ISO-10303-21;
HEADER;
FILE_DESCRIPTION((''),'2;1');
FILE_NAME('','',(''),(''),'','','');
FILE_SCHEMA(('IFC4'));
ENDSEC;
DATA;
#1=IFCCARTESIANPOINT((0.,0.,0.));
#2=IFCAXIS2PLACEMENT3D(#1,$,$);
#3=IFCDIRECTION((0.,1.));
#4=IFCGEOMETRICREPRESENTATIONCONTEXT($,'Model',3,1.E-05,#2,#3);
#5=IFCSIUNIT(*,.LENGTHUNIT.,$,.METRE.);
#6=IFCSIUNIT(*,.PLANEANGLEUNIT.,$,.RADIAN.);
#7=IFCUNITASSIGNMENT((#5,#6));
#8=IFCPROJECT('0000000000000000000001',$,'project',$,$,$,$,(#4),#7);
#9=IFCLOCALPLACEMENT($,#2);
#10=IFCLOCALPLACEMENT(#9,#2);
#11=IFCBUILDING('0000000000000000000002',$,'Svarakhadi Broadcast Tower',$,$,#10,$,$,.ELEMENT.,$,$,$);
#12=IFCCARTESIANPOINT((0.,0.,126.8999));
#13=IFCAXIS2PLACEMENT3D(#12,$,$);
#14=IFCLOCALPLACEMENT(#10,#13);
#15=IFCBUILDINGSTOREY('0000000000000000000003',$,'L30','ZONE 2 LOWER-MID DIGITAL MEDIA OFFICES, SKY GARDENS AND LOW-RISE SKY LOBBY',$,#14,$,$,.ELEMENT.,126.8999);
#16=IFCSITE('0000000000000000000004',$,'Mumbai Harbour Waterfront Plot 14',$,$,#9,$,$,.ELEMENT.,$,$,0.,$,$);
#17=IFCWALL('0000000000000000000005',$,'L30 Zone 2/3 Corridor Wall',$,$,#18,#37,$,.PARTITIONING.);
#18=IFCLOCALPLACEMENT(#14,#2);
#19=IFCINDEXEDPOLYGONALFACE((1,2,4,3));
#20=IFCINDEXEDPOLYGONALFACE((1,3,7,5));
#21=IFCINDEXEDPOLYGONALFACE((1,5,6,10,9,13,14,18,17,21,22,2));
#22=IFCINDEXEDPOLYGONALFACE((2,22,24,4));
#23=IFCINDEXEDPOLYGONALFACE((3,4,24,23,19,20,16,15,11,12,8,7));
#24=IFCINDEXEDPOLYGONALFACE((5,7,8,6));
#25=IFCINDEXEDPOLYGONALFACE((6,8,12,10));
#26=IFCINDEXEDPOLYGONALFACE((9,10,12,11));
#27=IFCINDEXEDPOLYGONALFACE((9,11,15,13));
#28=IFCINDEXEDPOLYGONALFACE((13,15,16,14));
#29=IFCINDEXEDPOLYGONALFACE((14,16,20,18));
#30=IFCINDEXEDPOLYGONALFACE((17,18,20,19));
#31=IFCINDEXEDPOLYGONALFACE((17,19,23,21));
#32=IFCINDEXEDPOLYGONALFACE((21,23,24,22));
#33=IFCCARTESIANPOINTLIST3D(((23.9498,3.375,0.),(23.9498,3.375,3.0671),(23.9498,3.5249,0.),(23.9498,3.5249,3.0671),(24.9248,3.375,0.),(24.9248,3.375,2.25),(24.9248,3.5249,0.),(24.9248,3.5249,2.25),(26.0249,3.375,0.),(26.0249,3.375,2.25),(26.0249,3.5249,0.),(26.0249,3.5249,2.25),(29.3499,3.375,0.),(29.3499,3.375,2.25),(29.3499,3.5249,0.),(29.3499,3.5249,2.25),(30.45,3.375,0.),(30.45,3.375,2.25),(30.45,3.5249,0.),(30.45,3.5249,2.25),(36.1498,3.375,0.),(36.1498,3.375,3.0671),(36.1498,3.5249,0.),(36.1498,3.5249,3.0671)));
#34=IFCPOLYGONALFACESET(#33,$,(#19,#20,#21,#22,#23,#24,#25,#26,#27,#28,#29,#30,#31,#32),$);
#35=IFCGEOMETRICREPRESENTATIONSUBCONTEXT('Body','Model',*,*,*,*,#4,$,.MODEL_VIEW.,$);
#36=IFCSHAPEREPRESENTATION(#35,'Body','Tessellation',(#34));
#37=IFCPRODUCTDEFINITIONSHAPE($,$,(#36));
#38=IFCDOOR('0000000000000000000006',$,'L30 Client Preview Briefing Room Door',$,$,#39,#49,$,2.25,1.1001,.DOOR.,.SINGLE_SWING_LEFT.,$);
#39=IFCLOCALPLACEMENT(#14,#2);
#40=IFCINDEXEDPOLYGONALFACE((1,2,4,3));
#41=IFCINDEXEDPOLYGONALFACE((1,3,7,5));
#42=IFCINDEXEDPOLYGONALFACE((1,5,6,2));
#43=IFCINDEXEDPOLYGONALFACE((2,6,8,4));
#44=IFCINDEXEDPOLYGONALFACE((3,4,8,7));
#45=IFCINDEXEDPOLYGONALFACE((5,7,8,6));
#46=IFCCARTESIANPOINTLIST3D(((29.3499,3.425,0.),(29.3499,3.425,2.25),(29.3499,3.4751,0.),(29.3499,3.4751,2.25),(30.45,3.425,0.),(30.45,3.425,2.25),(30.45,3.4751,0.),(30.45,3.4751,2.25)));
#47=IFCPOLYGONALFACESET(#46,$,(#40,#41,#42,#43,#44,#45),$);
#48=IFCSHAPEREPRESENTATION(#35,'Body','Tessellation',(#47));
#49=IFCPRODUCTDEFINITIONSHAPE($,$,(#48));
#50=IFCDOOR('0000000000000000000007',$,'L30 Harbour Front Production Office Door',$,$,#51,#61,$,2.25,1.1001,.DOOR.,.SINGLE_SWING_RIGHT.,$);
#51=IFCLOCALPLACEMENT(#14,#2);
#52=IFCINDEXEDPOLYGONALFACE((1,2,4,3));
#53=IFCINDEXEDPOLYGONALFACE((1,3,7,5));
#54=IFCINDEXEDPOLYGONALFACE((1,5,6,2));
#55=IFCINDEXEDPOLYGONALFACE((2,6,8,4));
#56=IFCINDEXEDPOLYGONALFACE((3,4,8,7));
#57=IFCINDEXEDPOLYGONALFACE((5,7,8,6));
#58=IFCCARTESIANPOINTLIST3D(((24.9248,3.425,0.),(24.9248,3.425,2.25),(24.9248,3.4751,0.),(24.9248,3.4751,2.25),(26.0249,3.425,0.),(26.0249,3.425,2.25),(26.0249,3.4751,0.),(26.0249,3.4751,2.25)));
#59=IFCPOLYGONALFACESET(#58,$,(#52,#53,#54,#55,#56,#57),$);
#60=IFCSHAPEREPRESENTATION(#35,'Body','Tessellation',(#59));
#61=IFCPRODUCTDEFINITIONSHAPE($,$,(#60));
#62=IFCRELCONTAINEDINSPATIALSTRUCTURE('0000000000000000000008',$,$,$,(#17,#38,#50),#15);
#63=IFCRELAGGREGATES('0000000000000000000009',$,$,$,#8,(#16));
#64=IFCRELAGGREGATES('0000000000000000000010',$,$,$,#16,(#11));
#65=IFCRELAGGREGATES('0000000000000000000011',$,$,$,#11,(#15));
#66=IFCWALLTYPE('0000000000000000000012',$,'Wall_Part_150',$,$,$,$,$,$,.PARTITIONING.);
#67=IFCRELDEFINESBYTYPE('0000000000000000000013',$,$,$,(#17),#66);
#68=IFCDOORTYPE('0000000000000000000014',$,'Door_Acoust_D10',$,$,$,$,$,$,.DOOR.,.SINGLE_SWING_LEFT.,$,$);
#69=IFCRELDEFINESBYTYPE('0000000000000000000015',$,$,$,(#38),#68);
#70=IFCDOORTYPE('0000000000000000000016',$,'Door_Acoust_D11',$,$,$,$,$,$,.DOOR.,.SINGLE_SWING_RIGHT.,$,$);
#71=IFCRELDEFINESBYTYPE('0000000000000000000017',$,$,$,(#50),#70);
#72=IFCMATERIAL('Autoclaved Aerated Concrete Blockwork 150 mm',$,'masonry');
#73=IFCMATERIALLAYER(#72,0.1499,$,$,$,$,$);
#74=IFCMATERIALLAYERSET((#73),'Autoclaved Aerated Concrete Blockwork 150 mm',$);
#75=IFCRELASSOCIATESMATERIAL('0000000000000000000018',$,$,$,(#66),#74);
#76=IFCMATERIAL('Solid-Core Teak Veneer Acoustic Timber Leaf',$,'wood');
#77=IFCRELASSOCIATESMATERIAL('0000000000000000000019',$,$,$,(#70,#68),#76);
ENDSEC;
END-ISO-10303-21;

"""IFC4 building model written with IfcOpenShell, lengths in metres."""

from ifc_helpers import new_model, si_unit, direction, frame, frame_2d, origin, place, context, subcontext, project, spatial, rectangle, extrude, material, layer, layer_set, type_object, element, fill, save


model = new_model("IFC4")

# Units and contexts
model_context = context("Model", 3, precision=1e-05, world=origin(), true_north=direction((0.0, 1.0)))
body_context = subcontext(model_context, "Body", "Model", "MODEL_VIEW")
ifc_project = project(units=[si_unit("LENGTHUNIT", "METRE"), si_unit("PLANEANGLEUNIT", "RADIAN")], contexts=[model_context])

# Site, building, storey
site_placement = place(None, origin())
site = spatial("IfcSite", under=ifc_project, at=site_placement, Name="Mumbai Harbour Waterfront Plot 14", CompositionType="ELEMENT", RefElevation=0.0)
building_placement = place(site_placement, origin())
building = spatial("IfcBuilding", under=site, at=building_placement, Name="Svarakhadi Broadcast Tower", CompositionType="ELEMENT")
storey_placement = place(building_placement, frame((0.0, 0.0, 126.8999)))
storey = spatial("IfcBuildingStorey", under=building, at=storey_placement, Name="L30", Description="ZONE 2 LOWER-MID DIGITAL MEDIA OFFICES, SKY GARDENS AND LOW-RISE SKY LOBBY", CompositionType="ELEMENT", Elevation=126.8999)

# Shared definitions
ifc_material_1 = material(Name="Autoclaved Aerated Concrete Blockwork 150 mm", Category="masonry")
ifc_layer_1 = layer(ifc_material_1, 0.1499)
ifc_layer_set_1 = layer_set([ifc_layer_1], Name="Autoclaved Aerated Concrete Blockwork 150 mm")
wall_type_1 = type_object("IfcWallType", Name="Wall_Part_150", PredefinedType="PARTITIONING", material=ifc_layer_set_1)
ifc_material_2 = material(Name="Solid-Core Teak Veneer Acoustic Timber Leaf", Category="wood")
door_type_1 = type_object("IfcDoorType", Name="Door_Acoust_D11", OperationType="SINGLE_SWING_RIGHT", PredefinedType="DOOR", material=ifc_material_2)

# Shared definitions
door_type_2 = type_object("IfcDoorType", Name="Door_Acoust_D10", OperationType="SINGLE_SWING_LEFT", PredefinedType="DOOR", material=ifc_material_2)

# Wall, openings, doors
wall_1_placement = place(storey_placement, frame((36.1499, 3.45, 0.0), z_axis=(0.0, 0.0, 1.0), x_axis=(-1.0, 0.0, 0.0)))
wall_1 = element("IfcWall", 1, at=wall_1_placement, inside=storey, type_object=wall_type_1, Name="L30 Zone 2/3 Corridor Wall", PredefinedType="PARTITIONING", context=body_context, shape_type="SweptSolid", body=[
    extrude(rectangle(XDim=12.2, YDim=0.1499, at=frame_2d((6.1001, 0.0))), origin(), (0.0, 0.0, 1.0), 3.0671),
])
opening_1_placement = place(wall_1_placement, frame((10.125, 0.0, 0.0)))
opening_1 = element("IfcOpeningElement", 2, at=opening_1_placement, cuts=wall_1, PredefinedType="OPENING", context=body_context, shape_type="SweptSolid", body=[
    extrude(rectangle(XDim=1.1001, YDim=2.25, at=frame_2d((0.55, 1.125))), frame((0.0, 0.085, 0.0), z_axis=(0.0, -1.0, 0.0), x_axis=(1.0, 0.0, 0.0)), (0.0, 0.0, 1.0), 0.1699),
])
opening_2_placement = place(wall_1_placement, frame((5.7, 0.0, 0.0)))
opening_2 = element("IfcOpeningElement", 3, at=opening_2_placement, cuts=wall_1, PredefinedType="OPENING", context=body_context, shape_type="SweptSolid", body=[
    extrude(rectangle(XDim=1.1001, YDim=2.25, at=frame_2d((0.55, 1.125))), frame((0.0, 0.085, 0.0), z_axis=(0.0, -1.0, 0.0), x_axis=(1.0, 0.0, 0.0)), (0.0, 0.0, 1.0), 0.1699),
])
door_1_placement = place(opening_2_placement, origin())
door_1 = element("IfcDoor", 4, at=door_1_placement, inside=storey, type_object=door_type_2, Name="L30 Client Preview Briefing Room Door", OperationType="SINGLE_SWING_LEFT", OverallHeight=2.25, OverallWidth=1.1001, PredefinedType="DOOR", context=body_context, shape_type="SweptSolid", body=[
    extrude(rectangle(XDim=1.1001, YDim=2.25, at=frame_2d((0.55, 1.125))), frame((0.0, 0.0249, 0.0), z_axis=(0.0, -1.0, 0.0), x_axis=(1.0, 0.0, 0.0)), (0.0, 0.0, 1.0), 0.05),
])
fill(opening_2, door_1)
door_2_placement = place(opening_1_placement, origin())
door_2 = element("IfcDoor", 5, at=door_2_placement, inside=storey, type_object=door_type_1, Name="L30 Harbour Front Production Office Door", OperationType="SINGLE_SWING_RIGHT", OverallHeight=2.25, OverallWidth=1.1001, PredefinedType="DOOR", context=body_context, shape_type="SweptSolid", body=[
    extrude(rectangle(XDim=1.1001, YDim=2.25, at=frame_2d((0.55, 1.125))), frame((0.0, 0.0249, 0.0), z_axis=(0.0, -1.0, 0.0), x_axis=(1.0, 0.0, 0.0)), (0.0, 0.0, 1.0), 0.05),
])
fill(opening_1, door_2)

save(model, "model.ifc")
